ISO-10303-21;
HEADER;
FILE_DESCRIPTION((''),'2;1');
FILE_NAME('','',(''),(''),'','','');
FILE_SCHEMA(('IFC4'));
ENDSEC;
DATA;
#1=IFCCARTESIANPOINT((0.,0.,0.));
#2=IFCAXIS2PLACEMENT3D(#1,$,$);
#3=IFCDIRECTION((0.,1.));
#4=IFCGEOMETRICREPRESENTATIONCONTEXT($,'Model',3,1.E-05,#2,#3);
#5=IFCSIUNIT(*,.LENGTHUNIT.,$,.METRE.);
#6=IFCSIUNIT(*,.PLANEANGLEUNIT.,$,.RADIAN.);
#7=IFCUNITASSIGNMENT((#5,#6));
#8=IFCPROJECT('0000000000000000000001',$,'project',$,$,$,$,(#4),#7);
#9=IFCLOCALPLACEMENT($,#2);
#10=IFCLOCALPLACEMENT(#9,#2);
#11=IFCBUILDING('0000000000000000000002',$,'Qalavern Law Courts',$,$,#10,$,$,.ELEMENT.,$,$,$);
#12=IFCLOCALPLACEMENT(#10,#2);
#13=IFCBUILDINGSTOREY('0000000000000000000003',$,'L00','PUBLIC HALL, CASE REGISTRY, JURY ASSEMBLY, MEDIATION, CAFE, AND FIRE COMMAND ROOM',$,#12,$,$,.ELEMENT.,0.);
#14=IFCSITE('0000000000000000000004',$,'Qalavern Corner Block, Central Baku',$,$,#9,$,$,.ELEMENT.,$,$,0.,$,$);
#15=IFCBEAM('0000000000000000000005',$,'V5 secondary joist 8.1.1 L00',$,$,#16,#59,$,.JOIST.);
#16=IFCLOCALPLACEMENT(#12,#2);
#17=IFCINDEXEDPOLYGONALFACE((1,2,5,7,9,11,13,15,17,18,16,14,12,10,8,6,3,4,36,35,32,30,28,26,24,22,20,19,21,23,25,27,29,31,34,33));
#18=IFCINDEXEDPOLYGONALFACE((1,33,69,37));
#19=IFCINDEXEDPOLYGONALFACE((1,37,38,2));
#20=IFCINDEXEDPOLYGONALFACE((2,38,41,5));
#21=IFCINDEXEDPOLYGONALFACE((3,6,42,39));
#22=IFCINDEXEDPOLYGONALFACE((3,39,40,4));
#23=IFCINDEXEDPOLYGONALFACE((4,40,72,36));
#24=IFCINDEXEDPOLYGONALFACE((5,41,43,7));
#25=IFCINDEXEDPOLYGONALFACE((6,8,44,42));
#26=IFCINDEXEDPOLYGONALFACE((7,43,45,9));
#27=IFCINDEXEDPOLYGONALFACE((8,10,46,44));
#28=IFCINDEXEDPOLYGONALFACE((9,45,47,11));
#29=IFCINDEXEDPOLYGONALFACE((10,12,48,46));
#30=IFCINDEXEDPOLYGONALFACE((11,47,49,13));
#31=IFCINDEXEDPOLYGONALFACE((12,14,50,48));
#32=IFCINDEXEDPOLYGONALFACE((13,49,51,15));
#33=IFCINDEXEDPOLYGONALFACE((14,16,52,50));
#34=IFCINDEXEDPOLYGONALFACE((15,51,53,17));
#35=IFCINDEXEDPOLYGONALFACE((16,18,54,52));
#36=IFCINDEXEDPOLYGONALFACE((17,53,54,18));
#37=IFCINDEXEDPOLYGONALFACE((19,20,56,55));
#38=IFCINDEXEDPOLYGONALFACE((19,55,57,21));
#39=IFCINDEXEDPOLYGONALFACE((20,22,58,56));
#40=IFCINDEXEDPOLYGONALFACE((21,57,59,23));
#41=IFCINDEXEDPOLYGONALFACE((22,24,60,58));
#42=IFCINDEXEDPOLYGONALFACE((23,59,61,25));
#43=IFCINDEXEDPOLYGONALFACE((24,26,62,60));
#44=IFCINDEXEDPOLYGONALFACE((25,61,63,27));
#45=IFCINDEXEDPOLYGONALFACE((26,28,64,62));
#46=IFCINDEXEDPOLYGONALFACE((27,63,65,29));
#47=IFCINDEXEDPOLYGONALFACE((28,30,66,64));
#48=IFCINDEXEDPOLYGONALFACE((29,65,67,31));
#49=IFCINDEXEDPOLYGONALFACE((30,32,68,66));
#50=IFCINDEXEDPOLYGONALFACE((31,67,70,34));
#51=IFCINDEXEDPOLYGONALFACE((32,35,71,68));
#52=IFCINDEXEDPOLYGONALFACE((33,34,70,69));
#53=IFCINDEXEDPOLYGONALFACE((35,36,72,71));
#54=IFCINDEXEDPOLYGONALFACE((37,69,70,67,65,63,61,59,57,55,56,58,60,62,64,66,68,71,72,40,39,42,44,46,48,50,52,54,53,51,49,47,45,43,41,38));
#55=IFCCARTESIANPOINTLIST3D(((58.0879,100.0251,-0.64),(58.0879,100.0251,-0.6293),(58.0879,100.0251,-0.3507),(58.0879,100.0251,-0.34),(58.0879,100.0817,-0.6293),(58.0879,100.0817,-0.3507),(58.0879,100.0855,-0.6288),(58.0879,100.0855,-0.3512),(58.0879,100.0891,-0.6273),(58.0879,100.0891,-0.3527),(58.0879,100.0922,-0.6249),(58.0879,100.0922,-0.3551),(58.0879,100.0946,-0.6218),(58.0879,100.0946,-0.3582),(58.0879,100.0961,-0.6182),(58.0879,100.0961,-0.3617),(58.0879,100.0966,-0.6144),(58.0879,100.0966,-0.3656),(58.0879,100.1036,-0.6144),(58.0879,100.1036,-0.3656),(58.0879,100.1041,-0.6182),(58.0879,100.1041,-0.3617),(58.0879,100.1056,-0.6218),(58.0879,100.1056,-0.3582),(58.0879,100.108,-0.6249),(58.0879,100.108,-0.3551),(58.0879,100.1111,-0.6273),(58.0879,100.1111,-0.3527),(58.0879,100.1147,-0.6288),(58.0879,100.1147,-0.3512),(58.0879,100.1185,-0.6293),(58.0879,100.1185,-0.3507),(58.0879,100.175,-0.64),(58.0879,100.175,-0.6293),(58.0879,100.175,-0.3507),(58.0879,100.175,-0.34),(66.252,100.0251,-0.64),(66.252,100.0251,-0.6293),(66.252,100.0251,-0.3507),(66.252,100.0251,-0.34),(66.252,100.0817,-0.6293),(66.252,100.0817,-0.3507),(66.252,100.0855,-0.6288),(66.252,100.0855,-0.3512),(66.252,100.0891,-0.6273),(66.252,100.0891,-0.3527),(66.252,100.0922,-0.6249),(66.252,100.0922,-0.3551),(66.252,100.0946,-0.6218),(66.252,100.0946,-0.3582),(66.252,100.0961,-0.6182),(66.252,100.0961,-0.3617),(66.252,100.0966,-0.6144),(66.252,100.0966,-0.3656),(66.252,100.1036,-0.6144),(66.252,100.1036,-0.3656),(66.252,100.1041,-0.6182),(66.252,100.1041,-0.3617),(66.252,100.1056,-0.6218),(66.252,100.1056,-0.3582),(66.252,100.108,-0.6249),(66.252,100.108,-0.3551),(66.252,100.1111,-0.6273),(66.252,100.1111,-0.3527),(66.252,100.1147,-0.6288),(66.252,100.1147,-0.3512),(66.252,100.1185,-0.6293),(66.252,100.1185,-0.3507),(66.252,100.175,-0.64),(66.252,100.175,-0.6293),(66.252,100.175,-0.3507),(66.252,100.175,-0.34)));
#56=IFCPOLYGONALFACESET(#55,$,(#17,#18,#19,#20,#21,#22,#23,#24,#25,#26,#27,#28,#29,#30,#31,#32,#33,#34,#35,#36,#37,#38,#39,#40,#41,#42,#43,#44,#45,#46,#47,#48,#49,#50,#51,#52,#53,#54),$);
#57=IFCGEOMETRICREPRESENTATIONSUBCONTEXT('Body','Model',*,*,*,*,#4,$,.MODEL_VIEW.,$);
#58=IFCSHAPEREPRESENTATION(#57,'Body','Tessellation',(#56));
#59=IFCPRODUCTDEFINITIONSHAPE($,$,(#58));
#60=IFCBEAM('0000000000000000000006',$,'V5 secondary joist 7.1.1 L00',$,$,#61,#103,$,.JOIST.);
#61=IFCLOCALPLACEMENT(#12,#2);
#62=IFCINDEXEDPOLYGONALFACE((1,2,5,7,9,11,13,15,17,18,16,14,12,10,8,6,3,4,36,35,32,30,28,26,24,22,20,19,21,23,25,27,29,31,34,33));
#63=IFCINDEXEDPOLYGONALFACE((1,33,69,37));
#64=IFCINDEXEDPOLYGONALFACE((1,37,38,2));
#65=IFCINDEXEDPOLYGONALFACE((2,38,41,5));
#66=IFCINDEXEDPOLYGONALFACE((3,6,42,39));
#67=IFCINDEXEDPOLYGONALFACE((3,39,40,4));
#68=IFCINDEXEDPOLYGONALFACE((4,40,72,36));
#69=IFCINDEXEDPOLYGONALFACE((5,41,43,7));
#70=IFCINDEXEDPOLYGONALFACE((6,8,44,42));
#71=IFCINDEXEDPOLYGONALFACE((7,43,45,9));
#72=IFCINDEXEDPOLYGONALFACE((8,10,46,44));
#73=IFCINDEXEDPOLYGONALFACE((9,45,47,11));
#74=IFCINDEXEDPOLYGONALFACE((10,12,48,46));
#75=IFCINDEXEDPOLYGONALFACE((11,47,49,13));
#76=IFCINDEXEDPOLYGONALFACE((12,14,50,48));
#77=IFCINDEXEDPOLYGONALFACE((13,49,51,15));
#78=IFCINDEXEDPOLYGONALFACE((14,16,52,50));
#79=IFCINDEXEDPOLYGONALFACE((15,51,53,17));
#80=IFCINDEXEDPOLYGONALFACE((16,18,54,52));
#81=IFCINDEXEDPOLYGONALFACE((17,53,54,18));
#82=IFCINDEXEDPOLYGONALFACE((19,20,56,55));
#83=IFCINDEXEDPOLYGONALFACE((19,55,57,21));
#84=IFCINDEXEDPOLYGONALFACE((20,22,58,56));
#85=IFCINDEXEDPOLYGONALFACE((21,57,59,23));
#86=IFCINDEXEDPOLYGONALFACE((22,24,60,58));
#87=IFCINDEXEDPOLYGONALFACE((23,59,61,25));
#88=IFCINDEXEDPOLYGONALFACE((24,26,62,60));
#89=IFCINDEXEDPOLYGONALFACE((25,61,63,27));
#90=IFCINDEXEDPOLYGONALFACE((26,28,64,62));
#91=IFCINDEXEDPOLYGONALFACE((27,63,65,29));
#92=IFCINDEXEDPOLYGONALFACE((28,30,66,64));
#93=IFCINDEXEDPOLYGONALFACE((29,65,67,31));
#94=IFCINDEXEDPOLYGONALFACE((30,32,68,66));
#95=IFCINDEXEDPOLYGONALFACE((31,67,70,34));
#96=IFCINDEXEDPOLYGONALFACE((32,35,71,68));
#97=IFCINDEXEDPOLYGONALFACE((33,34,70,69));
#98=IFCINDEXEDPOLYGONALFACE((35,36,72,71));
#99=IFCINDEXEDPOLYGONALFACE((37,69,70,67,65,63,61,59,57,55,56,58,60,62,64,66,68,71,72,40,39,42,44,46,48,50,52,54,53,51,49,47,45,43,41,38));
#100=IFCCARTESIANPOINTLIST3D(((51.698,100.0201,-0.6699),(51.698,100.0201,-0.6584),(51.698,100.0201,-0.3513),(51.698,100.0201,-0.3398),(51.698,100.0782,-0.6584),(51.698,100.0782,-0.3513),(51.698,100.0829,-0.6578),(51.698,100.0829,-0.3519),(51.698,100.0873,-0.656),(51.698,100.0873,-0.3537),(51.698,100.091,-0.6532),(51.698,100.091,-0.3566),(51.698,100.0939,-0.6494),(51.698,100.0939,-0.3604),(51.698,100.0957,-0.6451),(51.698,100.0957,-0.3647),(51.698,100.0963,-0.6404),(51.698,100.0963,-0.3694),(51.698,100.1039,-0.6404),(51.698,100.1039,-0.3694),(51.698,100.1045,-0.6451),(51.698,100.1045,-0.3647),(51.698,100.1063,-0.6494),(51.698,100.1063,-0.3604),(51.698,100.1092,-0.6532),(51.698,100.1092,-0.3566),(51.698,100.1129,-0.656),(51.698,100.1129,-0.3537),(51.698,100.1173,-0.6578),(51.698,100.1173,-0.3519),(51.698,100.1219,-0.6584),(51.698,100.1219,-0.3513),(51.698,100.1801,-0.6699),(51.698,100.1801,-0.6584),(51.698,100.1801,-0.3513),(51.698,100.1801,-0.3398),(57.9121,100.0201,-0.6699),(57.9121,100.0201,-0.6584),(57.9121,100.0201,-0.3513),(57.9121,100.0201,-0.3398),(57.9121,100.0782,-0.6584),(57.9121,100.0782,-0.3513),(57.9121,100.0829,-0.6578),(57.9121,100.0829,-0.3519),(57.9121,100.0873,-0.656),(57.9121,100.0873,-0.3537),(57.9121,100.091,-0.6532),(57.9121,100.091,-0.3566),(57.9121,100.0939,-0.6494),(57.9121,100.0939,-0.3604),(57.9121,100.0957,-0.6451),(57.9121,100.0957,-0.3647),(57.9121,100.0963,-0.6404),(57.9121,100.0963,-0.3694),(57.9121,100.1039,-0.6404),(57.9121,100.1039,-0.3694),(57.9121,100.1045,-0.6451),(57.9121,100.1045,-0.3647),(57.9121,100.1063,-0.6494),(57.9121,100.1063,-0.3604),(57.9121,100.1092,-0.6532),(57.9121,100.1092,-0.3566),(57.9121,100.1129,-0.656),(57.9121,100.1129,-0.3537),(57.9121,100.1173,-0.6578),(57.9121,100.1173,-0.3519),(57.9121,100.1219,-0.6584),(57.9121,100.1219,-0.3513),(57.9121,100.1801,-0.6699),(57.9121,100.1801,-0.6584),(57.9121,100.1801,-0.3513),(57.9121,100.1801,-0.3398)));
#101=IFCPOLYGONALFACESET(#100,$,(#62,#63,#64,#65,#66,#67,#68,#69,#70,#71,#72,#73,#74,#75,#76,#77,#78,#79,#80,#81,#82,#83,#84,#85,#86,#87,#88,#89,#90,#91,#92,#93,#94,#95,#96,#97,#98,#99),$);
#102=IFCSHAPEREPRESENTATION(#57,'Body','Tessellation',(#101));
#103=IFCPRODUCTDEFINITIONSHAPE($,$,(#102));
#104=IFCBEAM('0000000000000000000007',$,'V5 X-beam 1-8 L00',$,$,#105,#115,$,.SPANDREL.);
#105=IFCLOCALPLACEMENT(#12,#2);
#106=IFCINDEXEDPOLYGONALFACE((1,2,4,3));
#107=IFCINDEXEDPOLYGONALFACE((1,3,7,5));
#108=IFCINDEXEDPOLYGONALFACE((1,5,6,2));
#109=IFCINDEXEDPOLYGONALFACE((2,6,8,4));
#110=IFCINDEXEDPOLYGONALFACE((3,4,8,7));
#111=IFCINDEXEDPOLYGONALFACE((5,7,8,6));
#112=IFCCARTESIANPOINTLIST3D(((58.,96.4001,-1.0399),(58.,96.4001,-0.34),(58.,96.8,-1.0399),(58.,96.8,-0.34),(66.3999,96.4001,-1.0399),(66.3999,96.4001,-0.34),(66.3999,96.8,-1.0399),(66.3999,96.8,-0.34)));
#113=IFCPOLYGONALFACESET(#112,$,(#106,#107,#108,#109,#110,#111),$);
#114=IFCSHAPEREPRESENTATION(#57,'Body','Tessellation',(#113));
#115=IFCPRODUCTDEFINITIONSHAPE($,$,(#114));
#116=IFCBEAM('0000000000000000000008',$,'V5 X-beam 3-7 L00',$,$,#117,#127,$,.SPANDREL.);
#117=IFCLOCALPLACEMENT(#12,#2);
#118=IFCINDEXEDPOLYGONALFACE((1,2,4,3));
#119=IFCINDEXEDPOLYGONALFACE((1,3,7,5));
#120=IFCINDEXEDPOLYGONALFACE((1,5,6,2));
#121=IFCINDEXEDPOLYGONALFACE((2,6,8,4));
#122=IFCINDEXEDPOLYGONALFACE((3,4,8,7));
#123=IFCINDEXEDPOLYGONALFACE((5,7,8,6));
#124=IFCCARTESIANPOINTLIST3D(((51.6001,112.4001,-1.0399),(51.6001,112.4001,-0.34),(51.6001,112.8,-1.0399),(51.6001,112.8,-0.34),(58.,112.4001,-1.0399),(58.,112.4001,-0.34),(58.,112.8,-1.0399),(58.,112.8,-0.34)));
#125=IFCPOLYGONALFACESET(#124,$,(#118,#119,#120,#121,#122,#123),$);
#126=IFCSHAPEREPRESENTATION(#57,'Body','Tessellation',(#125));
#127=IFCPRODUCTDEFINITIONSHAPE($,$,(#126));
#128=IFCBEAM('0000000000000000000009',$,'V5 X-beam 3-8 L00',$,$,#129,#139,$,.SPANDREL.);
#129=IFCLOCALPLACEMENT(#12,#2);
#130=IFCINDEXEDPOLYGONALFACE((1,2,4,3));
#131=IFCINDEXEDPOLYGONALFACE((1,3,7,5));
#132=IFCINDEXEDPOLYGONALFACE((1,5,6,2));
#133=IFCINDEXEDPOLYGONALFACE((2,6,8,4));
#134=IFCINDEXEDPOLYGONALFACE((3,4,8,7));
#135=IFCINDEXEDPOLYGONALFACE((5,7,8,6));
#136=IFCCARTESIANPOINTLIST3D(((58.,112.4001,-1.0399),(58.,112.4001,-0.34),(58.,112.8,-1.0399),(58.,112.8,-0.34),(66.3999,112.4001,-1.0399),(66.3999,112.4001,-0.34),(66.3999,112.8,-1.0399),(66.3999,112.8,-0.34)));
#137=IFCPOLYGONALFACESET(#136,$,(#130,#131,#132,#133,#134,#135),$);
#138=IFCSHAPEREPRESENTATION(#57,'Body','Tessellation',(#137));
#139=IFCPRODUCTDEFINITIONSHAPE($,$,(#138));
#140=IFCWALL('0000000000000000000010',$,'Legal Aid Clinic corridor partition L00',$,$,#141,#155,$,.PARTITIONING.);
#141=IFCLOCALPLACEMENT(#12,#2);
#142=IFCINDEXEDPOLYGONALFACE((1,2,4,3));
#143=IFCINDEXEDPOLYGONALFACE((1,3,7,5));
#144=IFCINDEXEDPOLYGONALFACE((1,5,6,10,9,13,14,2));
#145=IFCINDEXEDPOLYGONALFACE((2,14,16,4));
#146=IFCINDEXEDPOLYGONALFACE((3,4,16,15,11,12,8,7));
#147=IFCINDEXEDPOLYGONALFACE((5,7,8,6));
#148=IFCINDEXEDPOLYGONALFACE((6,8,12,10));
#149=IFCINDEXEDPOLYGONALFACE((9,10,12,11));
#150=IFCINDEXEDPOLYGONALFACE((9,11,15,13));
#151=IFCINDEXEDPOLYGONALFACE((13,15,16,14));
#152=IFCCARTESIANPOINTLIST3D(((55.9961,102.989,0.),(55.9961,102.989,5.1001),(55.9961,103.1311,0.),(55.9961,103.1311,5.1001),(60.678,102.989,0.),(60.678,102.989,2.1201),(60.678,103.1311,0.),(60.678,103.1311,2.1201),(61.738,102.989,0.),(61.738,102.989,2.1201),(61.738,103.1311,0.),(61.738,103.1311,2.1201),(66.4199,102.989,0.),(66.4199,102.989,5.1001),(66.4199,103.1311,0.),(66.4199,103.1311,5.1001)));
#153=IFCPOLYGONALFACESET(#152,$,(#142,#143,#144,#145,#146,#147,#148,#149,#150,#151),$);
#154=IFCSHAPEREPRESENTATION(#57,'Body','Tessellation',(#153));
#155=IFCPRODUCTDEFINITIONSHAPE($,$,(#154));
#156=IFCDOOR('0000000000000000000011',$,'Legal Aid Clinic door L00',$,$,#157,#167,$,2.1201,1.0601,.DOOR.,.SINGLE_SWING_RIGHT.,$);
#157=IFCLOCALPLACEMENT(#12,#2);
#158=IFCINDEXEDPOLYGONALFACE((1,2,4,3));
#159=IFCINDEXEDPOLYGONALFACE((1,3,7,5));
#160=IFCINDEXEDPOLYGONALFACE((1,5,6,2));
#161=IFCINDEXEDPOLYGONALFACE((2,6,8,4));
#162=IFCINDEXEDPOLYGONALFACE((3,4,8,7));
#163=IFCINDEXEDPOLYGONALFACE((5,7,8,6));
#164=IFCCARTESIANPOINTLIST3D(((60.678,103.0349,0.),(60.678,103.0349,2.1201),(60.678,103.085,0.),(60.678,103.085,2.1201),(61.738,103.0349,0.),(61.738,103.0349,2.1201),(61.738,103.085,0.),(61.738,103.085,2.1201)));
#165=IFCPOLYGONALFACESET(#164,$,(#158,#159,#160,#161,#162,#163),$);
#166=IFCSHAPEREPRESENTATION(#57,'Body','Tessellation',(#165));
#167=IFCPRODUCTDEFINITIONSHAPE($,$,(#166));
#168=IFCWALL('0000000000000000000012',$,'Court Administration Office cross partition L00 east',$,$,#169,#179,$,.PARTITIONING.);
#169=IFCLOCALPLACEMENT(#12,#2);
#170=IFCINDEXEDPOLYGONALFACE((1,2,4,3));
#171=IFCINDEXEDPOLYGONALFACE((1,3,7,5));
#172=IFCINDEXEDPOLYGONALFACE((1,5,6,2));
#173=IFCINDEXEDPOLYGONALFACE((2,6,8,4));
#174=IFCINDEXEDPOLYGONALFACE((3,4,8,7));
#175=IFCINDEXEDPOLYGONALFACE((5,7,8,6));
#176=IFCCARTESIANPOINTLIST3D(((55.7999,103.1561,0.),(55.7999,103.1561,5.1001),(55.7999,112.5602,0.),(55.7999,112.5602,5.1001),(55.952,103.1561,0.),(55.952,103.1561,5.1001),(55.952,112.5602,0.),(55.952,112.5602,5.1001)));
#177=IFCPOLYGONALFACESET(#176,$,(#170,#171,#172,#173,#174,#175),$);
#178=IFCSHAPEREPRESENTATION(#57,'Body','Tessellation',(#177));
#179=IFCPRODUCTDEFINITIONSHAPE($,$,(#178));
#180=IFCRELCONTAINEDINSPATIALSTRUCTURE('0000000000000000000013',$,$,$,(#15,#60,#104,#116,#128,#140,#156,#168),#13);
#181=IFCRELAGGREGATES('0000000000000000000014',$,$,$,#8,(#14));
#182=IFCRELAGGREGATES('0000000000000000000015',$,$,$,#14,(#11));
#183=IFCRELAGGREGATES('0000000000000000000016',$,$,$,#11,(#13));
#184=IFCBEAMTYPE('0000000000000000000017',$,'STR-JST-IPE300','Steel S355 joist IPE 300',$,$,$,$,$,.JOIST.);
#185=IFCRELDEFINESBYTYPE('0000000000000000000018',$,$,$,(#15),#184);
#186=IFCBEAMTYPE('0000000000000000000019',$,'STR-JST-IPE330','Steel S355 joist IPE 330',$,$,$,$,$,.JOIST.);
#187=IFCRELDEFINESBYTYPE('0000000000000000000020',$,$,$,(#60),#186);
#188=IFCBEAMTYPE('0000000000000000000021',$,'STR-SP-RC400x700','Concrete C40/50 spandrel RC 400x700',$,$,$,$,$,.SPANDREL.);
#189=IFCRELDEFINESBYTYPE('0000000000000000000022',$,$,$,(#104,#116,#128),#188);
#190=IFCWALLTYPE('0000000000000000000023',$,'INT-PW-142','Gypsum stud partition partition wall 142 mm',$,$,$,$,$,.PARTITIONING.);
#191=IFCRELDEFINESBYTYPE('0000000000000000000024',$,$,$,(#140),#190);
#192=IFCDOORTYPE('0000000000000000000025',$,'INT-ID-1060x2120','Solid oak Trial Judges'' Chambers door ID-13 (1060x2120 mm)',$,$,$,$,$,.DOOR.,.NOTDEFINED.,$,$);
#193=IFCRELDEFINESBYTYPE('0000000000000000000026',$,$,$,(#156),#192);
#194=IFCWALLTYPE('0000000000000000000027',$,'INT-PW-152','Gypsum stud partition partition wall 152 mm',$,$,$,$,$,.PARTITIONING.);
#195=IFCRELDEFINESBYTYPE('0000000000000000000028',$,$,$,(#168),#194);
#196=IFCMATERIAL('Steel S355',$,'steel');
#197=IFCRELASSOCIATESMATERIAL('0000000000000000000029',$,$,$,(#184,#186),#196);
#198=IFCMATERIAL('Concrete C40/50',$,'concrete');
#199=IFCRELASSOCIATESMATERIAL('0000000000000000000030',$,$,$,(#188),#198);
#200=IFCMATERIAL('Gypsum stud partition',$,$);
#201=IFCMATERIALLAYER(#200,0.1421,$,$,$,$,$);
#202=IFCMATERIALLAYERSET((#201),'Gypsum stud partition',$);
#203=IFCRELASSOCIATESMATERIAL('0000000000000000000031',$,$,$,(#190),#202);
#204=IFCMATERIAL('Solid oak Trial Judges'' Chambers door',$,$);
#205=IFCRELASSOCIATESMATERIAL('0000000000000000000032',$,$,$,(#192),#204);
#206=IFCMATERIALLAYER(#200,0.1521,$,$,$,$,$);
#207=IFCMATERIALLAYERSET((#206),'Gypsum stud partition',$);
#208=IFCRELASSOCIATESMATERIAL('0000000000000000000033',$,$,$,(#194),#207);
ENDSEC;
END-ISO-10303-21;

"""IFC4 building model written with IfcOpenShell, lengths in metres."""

from ifc_helpers import new_model, si_unit, direction, frame, frame_2d, origin, origin_2d, place, context, subcontext, project, spatial, rectangle, i_section, extrude, material, layer, layer_set, material_profile, profile_set, type_object, element, fill, save


model = new_model("IFC4")

# Units and contexts
model_context = context("Model", 3, precision=1e-05, world=origin(), true_north=direction((0.0, 1.0)))
body_context = subcontext(model_context, "Body", "Model", "MODEL_VIEW")
ifc_project = project(units=[si_unit("LENGTHUNIT", "METRE"), si_unit("PLANEANGLEUNIT", "RADIAN")], contexts=[model_context])

# Site, building, storey
site_placement = place(None, origin())
site = spatial("IfcSite", under=ifc_project, at=site_placement, Name="Qalavern Corner Block, Central Baku", CompositionType="ELEMENT", RefElevation=0.0)
building_placement = place(site_placement, origin())
building = spatial("IfcBuilding", under=site, at=building_placement, Name="Qalavern Law Courts", CompositionType="ELEMENT")
storey_placement = place(building_placement, origin())
storey = spatial("IfcBuildingStorey", under=building, at=storey_placement, Name="L00", Description="PUBLIC HALL, CASE REGISTRY, JURY ASSEMBLY, MEDIATION, CAFE, AND FIRE COMMAND ROOM", CompositionType="ELEMENT", Elevation=0.0)

# Beams
ifc_material_1 = material(Name="Steel S355", Category="steel")
ifc_material_2 = material(Name="Concrete C40/50", Category="concrete")
ifc_material_profile_1 = material_profile(ifc_material_1, i_section(OverallWidth=0.1499, OverallDepth=0.3, WebThickness=0.0071, FlangeThickness=0.0107, FilletRadius=0.0149, at=origin_2d()), Name="IPE 300")
ifc_profile_set_1 = profile_set([ifc_material_profile_1], Name="Steel S355")
beam_type_1 = type_object("IfcBeamType", Name="STR-JST-IPE300", Description="Steel S355 joist IPE 300", PredefinedType="JOIST", material=ifc_profile_set_1)
beam_1_placement = place(storey_placement, frame((58.0879, 100.1001, -0.49), z_axis=(1.0, 0.0, 0.0), x_axis=(0.0, 1.0, 0.0)))
element("IfcBeam", 1, at=beam_1_placement, inside=storey, type_object=beam_type_1, Name="V5 secondary joist 8.1.1 L00", PredefinedType="JOIST", context=body_context, shape_type="SweptSolid", body=[
    extrude(i_section(OverallWidth=0.1499, OverallDepth=0.3, WebThickness=0.0071, FlangeThickness=0.0107, FilletRadius=0.0149, at=origin_2d()), origin(), (0.0, 0.0, 1.0), 8.1641),
])
ifc_material_profile_2 = material_profile(ifc_material_1, i_section(OverallWidth=0.1599, OverallDepth=0.3301, WebThickness=0.0076, FlangeThickness=0.0115, FilletRadius=0.0181, at=origin_2d()), Name="IPE 330")
ifc_profile_set_2 = profile_set([ifc_material_profile_2], Name="Steel S355")
beam_type_2 = type_object("IfcBeamType", Name="STR-JST-IPE330", Description="Steel S355 joist IPE 330", PredefinedType="JOIST", material=ifc_profile_set_2)
beam_2_placement = place(storey_placement, frame((51.698, 100.1001, -0.5049), z_axis=(1.0, 0.0, 0.0), x_axis=(0.0, 1.0, 0.0)))
element("IfcBeam", 2, at=beam_2_placement, inside=storey, type_object=beam_type_2, Name="V5 secondary joist 7.1.1 L00", PredefinedType="JOIST", context=body_context, shape_type="SweptSolid", body=[
    extrude(i_section(OverallWidth=0.1599, OverallDepth=0.3301, WebThickness=0.0076, FlangeThickness=0.0115, FilletRadius=0.0181, at=origin_2d()), origin(), (0.0, 0.0, 1.0), 6.2141),
])
ifc_material_profile_3 = material_profile(ifc_material_2, rectangle(XDim=0.3999, YDim=0.7, at=origin_2d()), Name="RC 400x700")
ifc_profile_set_3 = profile_set([ifc_material_profile_3], Name="Concrete C40/50")
beam_type_3 = type_object("IfcBeamType", Name="STR-SP-RC400x700", Description="Concrete C40/50 spandrel RC 400x700", PredefinedType="SPANDREL", material=ifc_profile_set_3)
beam_3_placement = place(storey_placement, frame((58.0, 96.6001, -0.6899), z_axis=(1.0, 0.0, 0.0), x_axis=(0.0, 1.0, 0.0)))
element("IfcBeam", 3, at=beam_3_placement, inside=storey, type_object=beam_type_3, Name="V5 X-beam 1-8 L00", PredefinedType="SPANDREL", context=body_context, shape_type="SweptSolid", body=[
    extrude(rectangle(XDim=0.3999, YDim=0.7, at=origin_2d()), origin(), (0.0, 0.0, 1.0), 8.3999),
])
beam_4_placement = place(storey_placement, frame((51.6001, 112.6001, -0.6899), z_axis=(1.0, 0.0, 0.0), x_axis=(0.0, 1.0, 0.0)))
element("IfcBeam", 4, at=beam_4_placement, inside=storey, type_object=beam_type_3, Name="V5 X-beam 3-7 L00", PredefinedType="SPANDREL", context=body_context, shape_type="SweptSolid", body=[
    extrude(rectangle(XDim=0.3999, YDim=0.7, at=origin_2d()), origin(), (0.0, 0.0, 1.0), 6.3999),
])
beam_5_placement = place(storey_placement, frame((58.0, 112.6001, -0.6899), z_axis=(1.0, 0.0, 0.0), x_axis=(0.0, 1.0, 0.0)))
element("IfcBeam", 5, at=beam_5_placement, inside=storey, type_object=beam_type_3, Name="V5 X-beam 3-8 L00", PredefinedType="SPANDREL", context=body_context, shape_type="SweptSolid", body=[
    extrude(rectangle(XDim=0.3999, YDim=0.7, at=origin_2d()), origin(), (0.0, 0.0, 1.0), 8.3999),
])

# Wall, opening, door
ifc_material_3 = material(Name="Gypsum stud partition")
ifc_layer_1 = layer(ifc_material_3, 0.1421)
ifc_layer_set_1 = layer_set([ifc_layer_1], Name="Gypsum stud partition")
wall_type_1 = type_object("IfcWallType", Name="INT-PW-142", Description="Gypsum stud partition partition wall 142 mm", PredefinedType="PARTITIONING", material=ifc_layer_set_1)
wall_1_placement = place(storey_placement, frame((55.9961, 103.0601, 0.0), z_axis=(0.0, 0.0, 1.0), x_axis=(1.0, 0.0, 0.0)))
wall_1 = element("IfcWall", 6, at=wall_1_placement, inside=storey, type_object=wall_type_1, Name="Legal Aid Clinic corridor partition L00", PredefinedType="PARTITIONING", context=body_context, shape_type="SweptSolid", body=[
    extrude(rectangle(XDim=10.4238, YDim=0.1421, at=frame_2d((5.2119, 0.0))), origin(), (0.0, 0.0, 1.0), 5.1001),
])
opening_placement = place(wall_1_placement, frame((4.6819, 0.0, 0.0)))
opening = element("IfcOpeningElement", 7, at=opening_placement, cuts=wall_1, PredefinedType="OPENING", context=body_context, shape_type="SweptSolid", body=[
    extrude(rectangle(XDim=1.0601, YDim=2.1201, at=frame_2d((0.53, 1.0601))), frame((0.0, 0.0859, 0.0), z_axis=(0.0, -1.0, 0.0), x_axis=(1.0, 0.0, 0.0)), (0.0, 0.0, 1.0), 0.1719),
])
ifc_material_4 = material(Name="Solid oak Trial Judges' Chambers door")
door_type = type_object("IfcDoorType", Name="INT-ID-1060x2120", Description="Solid oak Trial Judges' Chambers door ID-13 (1060x2120 mm)", OperationType="NOTDEFINED", PredefinedType="DOOR", material=ifc_material_4)
door_placement = place(opening_placement, origin())
door = element("IfcDoor", 8, at=door_placement, inside=storey, type_object=door_type, Name="Legal Aid Clinic door L00", OperationType="SINGLE_SWING_RIGHT", OverallHeight=2.1201, OverallWidth=1.0601, PredefinedType="DOOR", context=body_context, shape_type="SweptSolid", body=[
    extrude(rectangle(XDim=1.0601, YDim=2.1201, at=frame_2d((0.53, 1.0601))), frame((0.0, 0.0249, 0.0), z_axis=(0.0, -1.0, 0.0), x_axis=(1.0, 0.0, 0.0)), (0.0, 0.0, 1.0), 0.05),
])
fill(opening, door)

# Wall
ifc_layer_2 = layer(ifc_material_3, 0.1521)
ifc_layer_set_2 = layer_set([ifc_layer_2], Name="Gypsum stud partition")
wall_type_2 = type_object("IfcWallType", Name="INT-PW-152", Description="Gypsum stud partition partition wall 152 mm", PredefinedType="PARTITIONING", material=ifc_layer_set_2)
wall_2_placement = place(storey_placement, frame((55.876, 103.156, 0.0), z_axis=(0.0, 0.0, 1.0), x_axis=(0.0, 1.0, 0.0)))
element("IfcWall", 9, at=wall_2_placement, inside=storey, type_object=wall_type_2, Name="Court Administration Office cross partition L00 east", PredefinedType="PARTITIONING", context=body_context, shape_type="SweptSolid", body=[
    extrude(rectangle(XDim=9.4041, YDim=0.1521, at=frame_2d((4.7021, 0.0))), origin(), (0.0, 0.0, 1.0), 5.1001),
])

save(model, "model.ifc")
